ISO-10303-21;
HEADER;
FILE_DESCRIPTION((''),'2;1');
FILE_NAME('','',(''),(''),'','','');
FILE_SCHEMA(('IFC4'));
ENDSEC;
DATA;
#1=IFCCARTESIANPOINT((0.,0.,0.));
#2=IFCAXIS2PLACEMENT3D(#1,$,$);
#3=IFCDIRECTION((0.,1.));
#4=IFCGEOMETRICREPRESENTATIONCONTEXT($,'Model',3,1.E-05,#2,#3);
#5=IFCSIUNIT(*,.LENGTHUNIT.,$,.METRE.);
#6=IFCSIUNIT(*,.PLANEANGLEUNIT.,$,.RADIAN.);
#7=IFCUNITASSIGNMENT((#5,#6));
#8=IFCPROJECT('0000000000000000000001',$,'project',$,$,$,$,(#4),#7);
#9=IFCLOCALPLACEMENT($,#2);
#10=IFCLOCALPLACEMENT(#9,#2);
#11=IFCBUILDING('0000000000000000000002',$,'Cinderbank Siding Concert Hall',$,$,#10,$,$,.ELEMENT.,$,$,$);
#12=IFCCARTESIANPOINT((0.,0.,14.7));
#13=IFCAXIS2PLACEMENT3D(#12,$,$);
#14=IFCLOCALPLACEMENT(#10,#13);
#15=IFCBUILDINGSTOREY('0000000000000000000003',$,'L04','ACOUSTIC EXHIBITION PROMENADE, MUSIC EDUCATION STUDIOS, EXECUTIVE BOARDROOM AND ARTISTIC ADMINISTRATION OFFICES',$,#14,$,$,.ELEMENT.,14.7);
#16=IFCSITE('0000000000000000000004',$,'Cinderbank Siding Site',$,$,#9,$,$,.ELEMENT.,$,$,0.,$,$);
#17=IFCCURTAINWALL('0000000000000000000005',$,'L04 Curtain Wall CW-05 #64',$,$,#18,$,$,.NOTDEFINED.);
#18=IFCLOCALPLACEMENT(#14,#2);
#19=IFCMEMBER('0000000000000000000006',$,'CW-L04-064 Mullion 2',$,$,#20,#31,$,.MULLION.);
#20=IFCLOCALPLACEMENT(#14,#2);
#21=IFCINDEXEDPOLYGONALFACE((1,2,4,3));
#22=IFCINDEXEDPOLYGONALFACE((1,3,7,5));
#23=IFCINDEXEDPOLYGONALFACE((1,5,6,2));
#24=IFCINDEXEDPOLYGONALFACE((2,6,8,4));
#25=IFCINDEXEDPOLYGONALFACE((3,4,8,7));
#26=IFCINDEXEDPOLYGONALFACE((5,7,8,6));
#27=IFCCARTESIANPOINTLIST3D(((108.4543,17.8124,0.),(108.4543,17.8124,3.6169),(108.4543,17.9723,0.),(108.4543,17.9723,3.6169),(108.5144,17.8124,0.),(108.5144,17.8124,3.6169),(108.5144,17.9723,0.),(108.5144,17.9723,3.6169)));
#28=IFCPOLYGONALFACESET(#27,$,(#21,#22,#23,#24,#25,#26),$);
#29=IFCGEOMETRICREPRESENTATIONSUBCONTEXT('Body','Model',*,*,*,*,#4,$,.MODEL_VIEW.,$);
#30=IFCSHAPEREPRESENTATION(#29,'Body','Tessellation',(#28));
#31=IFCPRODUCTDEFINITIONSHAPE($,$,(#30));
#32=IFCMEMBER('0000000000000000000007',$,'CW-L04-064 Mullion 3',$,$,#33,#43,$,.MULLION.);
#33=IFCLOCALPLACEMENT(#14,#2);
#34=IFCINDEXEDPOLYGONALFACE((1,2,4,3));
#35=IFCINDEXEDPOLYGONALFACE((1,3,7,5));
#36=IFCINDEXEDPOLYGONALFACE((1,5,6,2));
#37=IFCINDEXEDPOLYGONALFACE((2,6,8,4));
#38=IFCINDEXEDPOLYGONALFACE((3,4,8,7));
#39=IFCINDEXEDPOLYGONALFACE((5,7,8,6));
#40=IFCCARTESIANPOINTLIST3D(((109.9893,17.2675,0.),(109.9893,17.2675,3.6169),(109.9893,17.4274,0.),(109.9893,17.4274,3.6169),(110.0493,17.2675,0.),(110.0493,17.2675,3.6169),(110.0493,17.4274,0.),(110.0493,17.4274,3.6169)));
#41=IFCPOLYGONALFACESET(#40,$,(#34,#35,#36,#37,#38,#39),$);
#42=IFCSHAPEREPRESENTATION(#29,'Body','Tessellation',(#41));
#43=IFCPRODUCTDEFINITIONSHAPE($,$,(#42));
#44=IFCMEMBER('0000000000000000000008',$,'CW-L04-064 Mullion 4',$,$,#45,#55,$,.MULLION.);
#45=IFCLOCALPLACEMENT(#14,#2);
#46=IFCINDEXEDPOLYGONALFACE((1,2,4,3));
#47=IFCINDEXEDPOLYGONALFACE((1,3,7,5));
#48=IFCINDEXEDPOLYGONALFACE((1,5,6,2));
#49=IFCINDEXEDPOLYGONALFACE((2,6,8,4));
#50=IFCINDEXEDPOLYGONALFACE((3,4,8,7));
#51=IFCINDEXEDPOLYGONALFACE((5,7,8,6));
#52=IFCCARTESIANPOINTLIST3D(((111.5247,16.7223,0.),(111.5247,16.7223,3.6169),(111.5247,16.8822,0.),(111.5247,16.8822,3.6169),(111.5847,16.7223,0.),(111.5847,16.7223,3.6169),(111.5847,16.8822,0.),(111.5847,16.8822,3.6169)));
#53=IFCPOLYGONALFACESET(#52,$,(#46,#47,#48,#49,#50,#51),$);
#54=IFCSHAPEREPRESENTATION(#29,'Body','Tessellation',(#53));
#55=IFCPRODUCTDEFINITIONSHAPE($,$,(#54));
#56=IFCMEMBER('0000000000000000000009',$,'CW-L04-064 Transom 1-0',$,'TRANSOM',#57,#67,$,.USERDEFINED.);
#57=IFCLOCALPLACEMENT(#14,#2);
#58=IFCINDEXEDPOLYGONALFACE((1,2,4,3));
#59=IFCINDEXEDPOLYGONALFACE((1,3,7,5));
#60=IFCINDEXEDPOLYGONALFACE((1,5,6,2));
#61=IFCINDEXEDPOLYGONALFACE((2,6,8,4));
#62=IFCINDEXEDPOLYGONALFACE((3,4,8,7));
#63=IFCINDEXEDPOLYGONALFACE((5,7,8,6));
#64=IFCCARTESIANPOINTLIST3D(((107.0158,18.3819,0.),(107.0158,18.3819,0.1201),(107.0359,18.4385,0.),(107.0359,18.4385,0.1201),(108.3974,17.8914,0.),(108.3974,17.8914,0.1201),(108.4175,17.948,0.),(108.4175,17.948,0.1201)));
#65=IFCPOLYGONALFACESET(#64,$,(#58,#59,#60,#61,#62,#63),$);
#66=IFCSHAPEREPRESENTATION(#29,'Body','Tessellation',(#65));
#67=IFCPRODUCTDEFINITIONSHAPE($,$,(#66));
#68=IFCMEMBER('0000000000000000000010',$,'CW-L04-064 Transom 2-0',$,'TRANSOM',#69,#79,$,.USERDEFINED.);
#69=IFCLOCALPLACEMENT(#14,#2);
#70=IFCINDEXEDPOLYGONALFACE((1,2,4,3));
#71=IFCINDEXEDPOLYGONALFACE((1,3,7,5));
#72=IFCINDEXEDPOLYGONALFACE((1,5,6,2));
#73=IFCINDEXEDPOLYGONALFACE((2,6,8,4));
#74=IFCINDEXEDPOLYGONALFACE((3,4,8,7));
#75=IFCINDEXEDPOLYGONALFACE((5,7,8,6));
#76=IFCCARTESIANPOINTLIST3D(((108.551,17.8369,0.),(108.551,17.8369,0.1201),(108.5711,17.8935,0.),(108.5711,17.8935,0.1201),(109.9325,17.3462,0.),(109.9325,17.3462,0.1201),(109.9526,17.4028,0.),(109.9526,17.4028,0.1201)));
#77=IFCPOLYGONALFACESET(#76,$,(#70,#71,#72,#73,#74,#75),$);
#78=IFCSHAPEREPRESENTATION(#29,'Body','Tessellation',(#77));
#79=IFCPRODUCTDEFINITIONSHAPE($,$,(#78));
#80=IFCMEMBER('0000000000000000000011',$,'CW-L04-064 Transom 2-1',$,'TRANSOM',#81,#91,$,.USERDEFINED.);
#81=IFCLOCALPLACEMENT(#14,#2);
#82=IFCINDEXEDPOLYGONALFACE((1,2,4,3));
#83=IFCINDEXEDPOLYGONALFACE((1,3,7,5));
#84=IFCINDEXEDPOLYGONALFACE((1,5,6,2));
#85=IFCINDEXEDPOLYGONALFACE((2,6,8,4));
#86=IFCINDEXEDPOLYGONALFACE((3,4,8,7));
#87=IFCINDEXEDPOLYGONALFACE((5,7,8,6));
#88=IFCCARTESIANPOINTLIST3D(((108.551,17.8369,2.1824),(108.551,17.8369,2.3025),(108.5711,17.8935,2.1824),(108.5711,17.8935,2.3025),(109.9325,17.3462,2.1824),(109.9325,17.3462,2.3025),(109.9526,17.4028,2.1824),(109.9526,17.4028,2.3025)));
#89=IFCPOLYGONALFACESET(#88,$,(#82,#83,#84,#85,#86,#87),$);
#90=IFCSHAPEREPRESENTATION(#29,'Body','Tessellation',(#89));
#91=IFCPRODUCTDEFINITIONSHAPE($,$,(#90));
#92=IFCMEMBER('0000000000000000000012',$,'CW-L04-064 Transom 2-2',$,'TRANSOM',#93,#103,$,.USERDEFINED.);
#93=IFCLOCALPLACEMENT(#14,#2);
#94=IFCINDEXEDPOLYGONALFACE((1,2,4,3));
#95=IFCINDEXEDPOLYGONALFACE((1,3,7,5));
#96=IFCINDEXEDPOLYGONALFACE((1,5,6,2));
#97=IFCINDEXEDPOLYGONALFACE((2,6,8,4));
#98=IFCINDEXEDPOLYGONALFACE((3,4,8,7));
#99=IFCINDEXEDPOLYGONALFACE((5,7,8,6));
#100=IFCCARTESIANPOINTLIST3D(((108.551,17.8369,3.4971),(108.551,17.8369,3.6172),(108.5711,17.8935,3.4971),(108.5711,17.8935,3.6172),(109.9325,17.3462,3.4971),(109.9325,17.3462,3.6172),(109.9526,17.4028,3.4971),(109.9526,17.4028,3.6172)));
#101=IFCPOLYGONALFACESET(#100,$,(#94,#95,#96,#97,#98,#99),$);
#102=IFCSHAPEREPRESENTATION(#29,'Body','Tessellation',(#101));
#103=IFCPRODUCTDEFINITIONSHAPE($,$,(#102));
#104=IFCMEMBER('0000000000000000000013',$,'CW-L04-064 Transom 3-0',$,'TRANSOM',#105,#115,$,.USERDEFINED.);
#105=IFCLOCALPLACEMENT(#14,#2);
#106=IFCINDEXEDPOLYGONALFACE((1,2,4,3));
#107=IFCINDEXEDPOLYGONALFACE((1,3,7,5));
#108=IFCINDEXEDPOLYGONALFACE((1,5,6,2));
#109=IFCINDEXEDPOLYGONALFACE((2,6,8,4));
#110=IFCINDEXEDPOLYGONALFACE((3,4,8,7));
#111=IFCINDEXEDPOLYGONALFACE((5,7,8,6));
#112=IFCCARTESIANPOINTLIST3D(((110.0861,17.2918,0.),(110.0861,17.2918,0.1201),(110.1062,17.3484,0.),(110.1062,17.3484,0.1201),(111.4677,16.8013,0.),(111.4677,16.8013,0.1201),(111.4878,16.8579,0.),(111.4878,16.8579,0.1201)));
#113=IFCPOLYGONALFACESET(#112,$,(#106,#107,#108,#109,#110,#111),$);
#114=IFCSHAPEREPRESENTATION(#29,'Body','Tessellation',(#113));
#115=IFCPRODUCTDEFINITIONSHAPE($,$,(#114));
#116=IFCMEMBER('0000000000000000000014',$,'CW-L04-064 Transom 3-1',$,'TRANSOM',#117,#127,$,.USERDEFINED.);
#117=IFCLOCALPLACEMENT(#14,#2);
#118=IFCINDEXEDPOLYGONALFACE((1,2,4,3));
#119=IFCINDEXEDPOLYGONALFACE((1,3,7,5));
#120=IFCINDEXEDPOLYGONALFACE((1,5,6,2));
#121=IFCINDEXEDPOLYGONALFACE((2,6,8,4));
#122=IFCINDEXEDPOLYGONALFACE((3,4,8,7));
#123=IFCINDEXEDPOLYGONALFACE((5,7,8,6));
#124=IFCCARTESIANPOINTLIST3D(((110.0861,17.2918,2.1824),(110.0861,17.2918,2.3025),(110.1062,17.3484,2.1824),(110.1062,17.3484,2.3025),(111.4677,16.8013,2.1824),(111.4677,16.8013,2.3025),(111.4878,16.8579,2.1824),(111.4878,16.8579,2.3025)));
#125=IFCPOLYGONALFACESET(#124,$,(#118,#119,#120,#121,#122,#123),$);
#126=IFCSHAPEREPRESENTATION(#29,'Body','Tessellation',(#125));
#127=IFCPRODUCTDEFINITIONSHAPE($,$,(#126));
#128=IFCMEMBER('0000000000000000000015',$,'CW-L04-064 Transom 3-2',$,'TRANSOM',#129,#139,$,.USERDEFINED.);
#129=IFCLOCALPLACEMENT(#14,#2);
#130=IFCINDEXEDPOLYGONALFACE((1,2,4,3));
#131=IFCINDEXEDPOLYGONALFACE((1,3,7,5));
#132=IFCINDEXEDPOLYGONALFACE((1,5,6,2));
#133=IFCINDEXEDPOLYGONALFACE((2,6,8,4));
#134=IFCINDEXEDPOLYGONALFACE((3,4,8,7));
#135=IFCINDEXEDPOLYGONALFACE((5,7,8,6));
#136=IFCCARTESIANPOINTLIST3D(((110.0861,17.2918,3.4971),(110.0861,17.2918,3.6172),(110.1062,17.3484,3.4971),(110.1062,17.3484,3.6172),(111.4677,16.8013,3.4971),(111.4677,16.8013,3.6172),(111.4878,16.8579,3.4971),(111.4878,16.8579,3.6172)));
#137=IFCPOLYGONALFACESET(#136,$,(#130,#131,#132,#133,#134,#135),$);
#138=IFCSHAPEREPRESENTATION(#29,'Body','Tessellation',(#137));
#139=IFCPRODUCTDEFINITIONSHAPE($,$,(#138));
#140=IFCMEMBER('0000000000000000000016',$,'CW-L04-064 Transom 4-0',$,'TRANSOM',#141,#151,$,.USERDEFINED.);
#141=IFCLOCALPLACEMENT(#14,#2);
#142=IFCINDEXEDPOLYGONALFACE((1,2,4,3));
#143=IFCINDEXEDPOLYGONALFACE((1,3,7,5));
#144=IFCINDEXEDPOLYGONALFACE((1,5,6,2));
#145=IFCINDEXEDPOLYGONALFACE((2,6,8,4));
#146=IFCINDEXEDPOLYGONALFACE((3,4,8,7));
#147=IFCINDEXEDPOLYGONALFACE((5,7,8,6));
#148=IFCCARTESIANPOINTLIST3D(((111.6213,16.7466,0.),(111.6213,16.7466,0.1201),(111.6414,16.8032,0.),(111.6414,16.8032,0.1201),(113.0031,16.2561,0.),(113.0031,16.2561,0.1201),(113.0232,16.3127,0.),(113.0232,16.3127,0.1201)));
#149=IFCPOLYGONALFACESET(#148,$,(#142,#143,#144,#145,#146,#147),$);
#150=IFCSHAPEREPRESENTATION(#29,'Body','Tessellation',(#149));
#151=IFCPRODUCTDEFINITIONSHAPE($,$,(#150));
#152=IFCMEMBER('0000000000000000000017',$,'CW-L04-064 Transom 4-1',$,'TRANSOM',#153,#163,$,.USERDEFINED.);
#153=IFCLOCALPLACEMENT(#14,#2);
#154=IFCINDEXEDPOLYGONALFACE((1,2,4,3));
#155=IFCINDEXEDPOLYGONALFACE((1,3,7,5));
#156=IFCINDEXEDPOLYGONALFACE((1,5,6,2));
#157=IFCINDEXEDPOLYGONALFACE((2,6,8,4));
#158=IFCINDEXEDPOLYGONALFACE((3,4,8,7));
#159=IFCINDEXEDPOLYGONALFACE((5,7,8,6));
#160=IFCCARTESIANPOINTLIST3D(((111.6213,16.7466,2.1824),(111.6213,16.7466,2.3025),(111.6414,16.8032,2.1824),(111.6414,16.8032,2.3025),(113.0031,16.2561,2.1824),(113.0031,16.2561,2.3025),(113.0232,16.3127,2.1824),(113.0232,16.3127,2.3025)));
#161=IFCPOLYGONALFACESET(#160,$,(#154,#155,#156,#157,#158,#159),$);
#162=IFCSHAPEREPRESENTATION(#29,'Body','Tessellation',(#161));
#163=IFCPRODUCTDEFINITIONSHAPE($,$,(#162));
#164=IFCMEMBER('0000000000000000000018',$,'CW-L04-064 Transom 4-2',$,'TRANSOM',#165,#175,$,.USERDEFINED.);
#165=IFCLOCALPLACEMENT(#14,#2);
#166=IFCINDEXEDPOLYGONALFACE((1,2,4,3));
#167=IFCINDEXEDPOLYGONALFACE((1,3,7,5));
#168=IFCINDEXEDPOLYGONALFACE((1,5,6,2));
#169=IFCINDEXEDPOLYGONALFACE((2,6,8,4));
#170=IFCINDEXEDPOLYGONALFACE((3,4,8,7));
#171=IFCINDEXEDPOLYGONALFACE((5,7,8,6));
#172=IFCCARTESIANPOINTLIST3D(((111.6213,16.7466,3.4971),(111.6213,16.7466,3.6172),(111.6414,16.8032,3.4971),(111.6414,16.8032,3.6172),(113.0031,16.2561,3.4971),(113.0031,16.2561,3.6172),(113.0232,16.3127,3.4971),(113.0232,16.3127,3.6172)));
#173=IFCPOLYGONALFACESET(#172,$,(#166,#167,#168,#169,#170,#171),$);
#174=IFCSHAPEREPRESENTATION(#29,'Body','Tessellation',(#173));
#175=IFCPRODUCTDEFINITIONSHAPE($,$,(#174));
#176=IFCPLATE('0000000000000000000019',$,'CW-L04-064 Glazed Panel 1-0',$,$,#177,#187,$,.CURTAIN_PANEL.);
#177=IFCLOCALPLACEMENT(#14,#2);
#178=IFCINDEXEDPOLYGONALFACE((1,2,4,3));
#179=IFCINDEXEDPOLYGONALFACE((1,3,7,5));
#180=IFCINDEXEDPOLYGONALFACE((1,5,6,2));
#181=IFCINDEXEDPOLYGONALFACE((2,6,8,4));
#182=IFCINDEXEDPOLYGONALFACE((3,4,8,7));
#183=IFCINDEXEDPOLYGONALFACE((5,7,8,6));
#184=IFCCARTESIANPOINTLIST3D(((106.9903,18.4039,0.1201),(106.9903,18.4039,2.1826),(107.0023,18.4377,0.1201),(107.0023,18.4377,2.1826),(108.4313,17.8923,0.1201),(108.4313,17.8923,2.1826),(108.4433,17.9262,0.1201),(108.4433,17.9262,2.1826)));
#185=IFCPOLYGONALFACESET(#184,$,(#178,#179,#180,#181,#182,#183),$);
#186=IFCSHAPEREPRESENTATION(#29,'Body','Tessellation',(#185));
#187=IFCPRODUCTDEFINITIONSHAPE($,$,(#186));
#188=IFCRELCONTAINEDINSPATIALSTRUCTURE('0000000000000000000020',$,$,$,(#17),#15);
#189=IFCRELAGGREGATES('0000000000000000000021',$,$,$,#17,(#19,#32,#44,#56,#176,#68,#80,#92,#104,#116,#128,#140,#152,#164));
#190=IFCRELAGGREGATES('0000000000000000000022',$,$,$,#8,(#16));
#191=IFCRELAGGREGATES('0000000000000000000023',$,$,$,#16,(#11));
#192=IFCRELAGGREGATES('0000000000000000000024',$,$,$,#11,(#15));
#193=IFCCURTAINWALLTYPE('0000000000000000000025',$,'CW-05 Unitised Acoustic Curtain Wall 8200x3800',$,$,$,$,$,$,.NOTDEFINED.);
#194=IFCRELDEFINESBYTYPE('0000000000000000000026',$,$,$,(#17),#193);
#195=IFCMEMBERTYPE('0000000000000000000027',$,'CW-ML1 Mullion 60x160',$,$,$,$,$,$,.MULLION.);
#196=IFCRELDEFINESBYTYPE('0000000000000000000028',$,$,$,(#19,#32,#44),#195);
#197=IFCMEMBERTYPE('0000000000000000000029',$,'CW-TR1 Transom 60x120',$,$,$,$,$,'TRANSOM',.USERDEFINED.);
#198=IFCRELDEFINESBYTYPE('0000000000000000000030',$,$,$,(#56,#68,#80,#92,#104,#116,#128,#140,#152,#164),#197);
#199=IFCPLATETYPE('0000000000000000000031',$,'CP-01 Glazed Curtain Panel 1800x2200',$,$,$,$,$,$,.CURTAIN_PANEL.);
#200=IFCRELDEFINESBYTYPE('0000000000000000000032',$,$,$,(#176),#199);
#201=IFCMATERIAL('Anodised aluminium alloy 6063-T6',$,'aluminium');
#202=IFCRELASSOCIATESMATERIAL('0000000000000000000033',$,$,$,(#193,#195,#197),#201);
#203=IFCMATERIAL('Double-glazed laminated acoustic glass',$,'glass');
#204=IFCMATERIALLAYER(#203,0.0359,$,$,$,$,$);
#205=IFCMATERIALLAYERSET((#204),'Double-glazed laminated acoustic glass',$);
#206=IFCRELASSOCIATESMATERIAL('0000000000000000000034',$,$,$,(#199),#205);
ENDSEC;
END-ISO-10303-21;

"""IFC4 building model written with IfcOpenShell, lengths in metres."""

from ifc_helpers import new_model, si_unit, direction, frame, origin, origin_2d, place, context, subcontext, project, spatial, rectangle, extrude, material, layer, layer_set, material_profile, profile_set, type_object, element, aggregate, save


model = new_model("IFC4")

# Units and contexts
model_context = context("Model", 3, precision=1e-05, world=origin(), true_north=direction((0.0, 1.0)))
body_context = subcontext(model_context, "Body", "Model", "MODEL_VIEW")
ifc_project = project(units=[si_unit("LENGTHUNIT", "METRE"), si_unit("PLANEANGLEUNIT", "RADIAN")], contexts=[model_context])

# Site, building, storey
site_placement = place(None, origin())
site = spatial("IfcSite", under=ifc_project, at=site_placement, Name="Cinderbank Siding Site", CompositionType="ELEMENT", RefElevation=0.0)
building_placement = place(site_placement, origin())
building = spatial("IfcBuilding", under=site, at=building_placement, Name="Cinderbank Siding Concert Hall", CompositionType="ELEMENT")
storey_placement = place(building_placement, frame((0.0, 0.0, 14.7)))
storey = spatial("IfcBuildingStorey", under=building, at=storey_placement, Name="L04", Description="ACOUSTIC EXHIBITION PROMENADE, MUSIC EDUCATION STUDIOS, EXECUTIVE BOARDROOM AND ARTISTIC ADMINISTRATION OFFICES", CompositionType="ELEMENT", Elevation=14.7)

# Curtain wall, members, plate
ifc_material_1 = material(Name="Anodised aluminium alloy 6063-T6", Category="aluminium")
curtain_wall_type = type_object("IfcCurtainWallType", Name="CW-05 Unitised Acoustic Curtain Wall 8200x3800", PredefinedType="NOTDEFINED", material=ifc_material_1)
curtain_wall_placement = place(storey_placement, origin())
curtain_wall = element("IfcCurtainWall", 1, at=curtain_wall_placement, inside=storey, type_object=curtain_wall_type, Name="L04 Curtain Wall CW-05 #64", PredefinedType="NOTDEFINED")
ifc_material_profile_1 = material_profile(ifc_material_1, rectangle(XDim=0.0601, YDim=0.1599, at=origin_2d()), Name="ALU-MULL-60x160", Category="LoadBearing")
ifc_profile_set_1 = profile_set([ifc_material_profile_1], Name="Anodised aluminium alloy 6063-T6")
member_type_1 = type_object("IfcMemberType", Name="CW-ML1 Mullion 60x160", PredefinedType="MULLION", material=ifc_profile_set_1)
member_1_placement = place(storey_placement, frame((108.4844, 17.8923, 0.0), z_axis=(0.0, 0.0, 1.0), x_axis=(1.0, 0.0, 0.0)))
member_1 = element("IfcMember", 2, at=member_1_placement, type_object=member_type_1, Name="CW-L04-064 Mullion 2", PredefinedType="MULLION", context=body_context, shape_type="SweptSolid", body=[
    extrude(rectangle(XDim=0.0601, YDim=0.1599, at=origin_2d()), origin(), (0.0, 0.0, 1.0), 3.6169),
])
member_2_placement = place(storey_placement, frame((110.0193, 17.3474, 0.0), z_axis=(0.0, 0.0, 1.0), x_axis=(1.0, 0.0, 0.0)))
member_2 = element("IfcMember", 3, at=member_2_placement, type_object=member_type_1, Name="CW-L04-064 Mullion 3", PredefinedType="MULLION", context=body_context, shape_type="SweptSolid", body=[
    extrude(rectangle(XDim=0.0601, YDim=0.1599, at=origin_2d()), origin(), (0.0, 0.0, 1.0), 3.6169),
])
member_3_placement = place(storey_placement, frame((111.5547, 16.8022, 0.0), z_axis=(0.0, 0.0, 1.0), x_axis=(1.0, 0.0, 0.0)))
member_3 = element("IfcMember", 4, at=member_3_placement, type_object=member_type_1, Name="CW-L04-064 Mullion 4", PredefinedType="MULLION", context=body_context, shape_type="SweptSolid", body=[
    extrude(rectangle(XDim=0.0601, YDim=0.1599, at=origin_2d()), origin(), (0.0, 0.0, 1.0), 3.6169),
])
ifc_material_profile_2 = material_profile(ifc_material_1, rectangle(XDim=0.0601, YDim=0.1201, at=origin_2d()), Name="ALU-TRAN-60x120", Category="LoadBearing")
ifc_profile_set_2 = profile_set([ifc_material_profile_2], Name="Anodised aluminium alloy 6063-T6")
member_type_2 = type_object("IfcMemberType", Name="CW-TR1 Transom 60x120", ElementType="TRANSOM", PredefinedType="USERDEFINED", material=ifc_profile_set_2)
member_4_placement = place(storey_placement, frame((107.0259, 18.4102, 0.0601), z_axis=(0.942377, -0.334553, 0.0), x_axis=(0.334553, 0.942377, 0.0)))
member_4 = element("IfcMember", 5, at=member_4_placement, type_object=member_type_2, Name="CW-L04-064 Transom 1-0", ObjectType="TRANSOM", PredefinedType="USERDEFINED", context=body_context, shape_type="SweptSolid", body=[
    extrude(rectangle(XDim=0.0601, YDim=0.1201, at=origin_2d()), origin(), (0.0, 0.0, 1.0), 1.4661),
])
member_5_placement = place(storey_placement, frame((108.561, 17.8652, 0.0601), z_axis=(0.942324, -0.334701, 0.0), x_axis=(0.334701, 0.942324, 0.0)))
member_5 = element("IfcMember", 6, at=member_5_placement, type_object=member_type_2, Name="CW-L04-064 Transom 2-0", ObjectType="TRANSOM", PredefinedType="USERDEFINED", context=body_context, shape_type="SweptSolid", body=[
    extrude(rectangle(XDim=0.0601, YDim=0.1201, at=origin_2d()), origin(), (0.0, 0.0, 1.0), 1.4661),
])
member_6_placement = place(storey_placement, frame((108.561, 17.8652, 2.2424), z_axis=(0.942324, -0.334701, 0.0), x_axis=(0.334701, 0.942324, 0.0)))
member_6 = element("IfcMember", 7, at=member_6_placement, type_object=member_type_2, Name="CW-L04-064 Transom 2-1", ObjectType="TRANSOM", PredefinedType="USERDEFINED", context=body_context, shape_type="SweptSolid", body=[
    extrude(rectangle(XDim=0.0601, YDim=0.1201, at=origin_2d()), origin(), (0.0, 0.0, 1.0), 1.4661),
])
member_7_placement = place(storey_placement, frame((108.561, 17.8652, 3.5571), z_axis=(0.942324, -0.334701, 0.0), x_axis=(0.334701, 0.942324, 0.0)))
member_7 = element("IfcMember", 8, at=member_7_placement, type_object=member_type_2, Name="CW-L04-064 Transom 2-2", ObjectType="TRANSOM", PredefinedType="USERDEFINED", context=body_context, shape_type="SweptSolid", body=[
    extrude(rectangle(XDim=0.0601, YDim=0.1201, at=origin_2d()), origin(), (0.0, 0.0, 1.0), 1.4661),
])
member_8_placement = place(storey_placement, frame((110.0962, 17.3201, 0.0601), z_axis=(0.942377, -0.334553, 0.0), x_axis=(0.334553, 0.942377, 0.0)))
member_8 = element("IfcMember", 9, at=member_8_placement, type_object=member_type_2, Name="CW-L04-064 Transom 3-0", ObjectType="TRANSOM", PredefinedType="USERDEFINED", context=body_context, shape_type="SweptSolid", body=[
    extrude(rectangle(XDim=0.0601, YDim=0.1201, at=origin_2d()), origin(), (0.0, 0.0, 1.0), 1.4661),
])
member_9_placement = place(storey_placement, frame((110.0962, 17.3201, 2.2424), z_axis=(0.942377, -0.334553, 0.0), x_axis=(0.334553, 0.942377, 0.0)))
member_9 = element("IfcMember", 10, at=member_9_placement, type_object=member_type_2, Name="CW-L04-064 Transom 3-1", ObjectType="TRANSOM", PredefinedType="USERDEFINED", context=body_context, shape_type="SweptSolid", body=[
    extrude(rectangle(XDim=0.0601, YDim=0.1201, at=origin_2d()), origin(), (0.0, 0.0, 1.0), 1.4661),
])
member_10_placement = place(storey_placement, frame((110.0962, 17.3201, 3.5571), z_axis=(0.942377, -0.334553, 0.0), x_axis=(0.334553, 0.942377, 0.0)))
member_10 = element("IfcMember", 11, at=member_10_placement, type_object=member_type_2, Name="CW-L04-064 Transom 3-2", ObjectType="TRANSOM", PredefinedType="USERDEFINED", context=body_context, shape_type="SweptSolid", body=[
    extrude(rectangle(XDim=0.0601, YDim=0.1201, at=origin_2d()), origin(), (0.0, 0.0, 1.0), 1.4661),
])
member_11_placement = place(storey_placement, frame((111.6313, 16.7749, 0.0601), z_axis=(0.942396, -0.3345, 0.0), x_axis=(0.3345, 0.942396, 0.0)))
member_11 = element("IfcMember", 12, at=member_11_placement, type_object=member_type_2, Name="CW-L04-064 Transom 4-0", ObjectType="TRANSOM", PredefinedType="USERDEFINED", context=body_context, shape_type="SweptSolid", body=[
    extrude(rectangle(XDim=0.0601, YDim=0.1201, at=origin_2d()), origin(), (0.0, 0.0, 1.0), 1.4663),
])
member_12_placement = place(storey_placement, frame((111.6313, 16.7749, 2.2424), z_axis=(0.942396, -0.3345, 0.0), x_axis=(0.3345, 0.942396, 0.0)))
member_12 = element("IfcMember", 13, at=member_12_placement, type_object=member_type_2, Name="CW-L04-064 Transom 4-1", ObjectType="TRANSOM", PredefinedType="USERDEFINED", context=body_context, shape_type="SweptSolid", body=[
    extrude(rectangle(XDim=0.0601, YDim=0.1201, at=origin_2d()), origin(), (0.0, 0.0, 1.0), 1.4663),
])
member_13_placement = place(storey_placement, frame((111.6313, 16.7749, 3.5571), z_axis=(0.942396, -0.3345, 0.0), x_axis=(0.3345, 0.942396, 0.0)))
member_13 = element("IfcMember", 14, at=member_13_placement, type_object=member_type_2, Name="CW-L04-064 Transom 4-2", ObjectType="TRANSOM", PredefinedType="USERDEFINED", context=body_context, shape_type="SweptSolid", body=[
    extrude(rectangle(XDim=0.0601, YDim=0.1201, at=origin_2d()), origin(), (0.0, 0.0, 1.0), 1.4663),
])
ifc_material_2 = material(Name="Double-glazed laminated acoustic glass", Category="glass")
ifc_layer_1 = layer(ifc_material_2, 0.0359)
ifc_layer_set_1 = layer_set([ifc_layer_1], Name="Double-glazed laminated acoustic glass")
plate_type = type_object("IfcPlateType", Name="CP-01 Glazed Curtain Panel 1800x2200", PredefinedType="CURTAIN_PANEL", material=ifc_layer_set_1)
plate_1_placement = place(storey_placement, frame((107.7168, 18.165, 0.1201), z_axis=(0.0, 0.0, 1.0), x_axis=(0.942366, -0.334585, 0.0)))
plate_1 = element("IfcPlate", 15, at=plate_1_placement, type_object=plate_type, Name="CW-L04-064 Glazed Panel 1-0", PredefinedType="CURTAIN_PANEL", context=body_context, shape_type="SweptSolid", body=[
    extrude(rectangle(XDim=1.5291, YDim=0.0359, at=origin_2d()), origin(), (0.0, 0.0, 1.0), 2.0625),
])
aggregate(curtain_wall, [member_1, member_2, member_3, member_4, plate_1, member_5, member_6, member_7, member_8, member_9, member_10, member_11, member_12, member_13])

save(model, "model.ifc")
